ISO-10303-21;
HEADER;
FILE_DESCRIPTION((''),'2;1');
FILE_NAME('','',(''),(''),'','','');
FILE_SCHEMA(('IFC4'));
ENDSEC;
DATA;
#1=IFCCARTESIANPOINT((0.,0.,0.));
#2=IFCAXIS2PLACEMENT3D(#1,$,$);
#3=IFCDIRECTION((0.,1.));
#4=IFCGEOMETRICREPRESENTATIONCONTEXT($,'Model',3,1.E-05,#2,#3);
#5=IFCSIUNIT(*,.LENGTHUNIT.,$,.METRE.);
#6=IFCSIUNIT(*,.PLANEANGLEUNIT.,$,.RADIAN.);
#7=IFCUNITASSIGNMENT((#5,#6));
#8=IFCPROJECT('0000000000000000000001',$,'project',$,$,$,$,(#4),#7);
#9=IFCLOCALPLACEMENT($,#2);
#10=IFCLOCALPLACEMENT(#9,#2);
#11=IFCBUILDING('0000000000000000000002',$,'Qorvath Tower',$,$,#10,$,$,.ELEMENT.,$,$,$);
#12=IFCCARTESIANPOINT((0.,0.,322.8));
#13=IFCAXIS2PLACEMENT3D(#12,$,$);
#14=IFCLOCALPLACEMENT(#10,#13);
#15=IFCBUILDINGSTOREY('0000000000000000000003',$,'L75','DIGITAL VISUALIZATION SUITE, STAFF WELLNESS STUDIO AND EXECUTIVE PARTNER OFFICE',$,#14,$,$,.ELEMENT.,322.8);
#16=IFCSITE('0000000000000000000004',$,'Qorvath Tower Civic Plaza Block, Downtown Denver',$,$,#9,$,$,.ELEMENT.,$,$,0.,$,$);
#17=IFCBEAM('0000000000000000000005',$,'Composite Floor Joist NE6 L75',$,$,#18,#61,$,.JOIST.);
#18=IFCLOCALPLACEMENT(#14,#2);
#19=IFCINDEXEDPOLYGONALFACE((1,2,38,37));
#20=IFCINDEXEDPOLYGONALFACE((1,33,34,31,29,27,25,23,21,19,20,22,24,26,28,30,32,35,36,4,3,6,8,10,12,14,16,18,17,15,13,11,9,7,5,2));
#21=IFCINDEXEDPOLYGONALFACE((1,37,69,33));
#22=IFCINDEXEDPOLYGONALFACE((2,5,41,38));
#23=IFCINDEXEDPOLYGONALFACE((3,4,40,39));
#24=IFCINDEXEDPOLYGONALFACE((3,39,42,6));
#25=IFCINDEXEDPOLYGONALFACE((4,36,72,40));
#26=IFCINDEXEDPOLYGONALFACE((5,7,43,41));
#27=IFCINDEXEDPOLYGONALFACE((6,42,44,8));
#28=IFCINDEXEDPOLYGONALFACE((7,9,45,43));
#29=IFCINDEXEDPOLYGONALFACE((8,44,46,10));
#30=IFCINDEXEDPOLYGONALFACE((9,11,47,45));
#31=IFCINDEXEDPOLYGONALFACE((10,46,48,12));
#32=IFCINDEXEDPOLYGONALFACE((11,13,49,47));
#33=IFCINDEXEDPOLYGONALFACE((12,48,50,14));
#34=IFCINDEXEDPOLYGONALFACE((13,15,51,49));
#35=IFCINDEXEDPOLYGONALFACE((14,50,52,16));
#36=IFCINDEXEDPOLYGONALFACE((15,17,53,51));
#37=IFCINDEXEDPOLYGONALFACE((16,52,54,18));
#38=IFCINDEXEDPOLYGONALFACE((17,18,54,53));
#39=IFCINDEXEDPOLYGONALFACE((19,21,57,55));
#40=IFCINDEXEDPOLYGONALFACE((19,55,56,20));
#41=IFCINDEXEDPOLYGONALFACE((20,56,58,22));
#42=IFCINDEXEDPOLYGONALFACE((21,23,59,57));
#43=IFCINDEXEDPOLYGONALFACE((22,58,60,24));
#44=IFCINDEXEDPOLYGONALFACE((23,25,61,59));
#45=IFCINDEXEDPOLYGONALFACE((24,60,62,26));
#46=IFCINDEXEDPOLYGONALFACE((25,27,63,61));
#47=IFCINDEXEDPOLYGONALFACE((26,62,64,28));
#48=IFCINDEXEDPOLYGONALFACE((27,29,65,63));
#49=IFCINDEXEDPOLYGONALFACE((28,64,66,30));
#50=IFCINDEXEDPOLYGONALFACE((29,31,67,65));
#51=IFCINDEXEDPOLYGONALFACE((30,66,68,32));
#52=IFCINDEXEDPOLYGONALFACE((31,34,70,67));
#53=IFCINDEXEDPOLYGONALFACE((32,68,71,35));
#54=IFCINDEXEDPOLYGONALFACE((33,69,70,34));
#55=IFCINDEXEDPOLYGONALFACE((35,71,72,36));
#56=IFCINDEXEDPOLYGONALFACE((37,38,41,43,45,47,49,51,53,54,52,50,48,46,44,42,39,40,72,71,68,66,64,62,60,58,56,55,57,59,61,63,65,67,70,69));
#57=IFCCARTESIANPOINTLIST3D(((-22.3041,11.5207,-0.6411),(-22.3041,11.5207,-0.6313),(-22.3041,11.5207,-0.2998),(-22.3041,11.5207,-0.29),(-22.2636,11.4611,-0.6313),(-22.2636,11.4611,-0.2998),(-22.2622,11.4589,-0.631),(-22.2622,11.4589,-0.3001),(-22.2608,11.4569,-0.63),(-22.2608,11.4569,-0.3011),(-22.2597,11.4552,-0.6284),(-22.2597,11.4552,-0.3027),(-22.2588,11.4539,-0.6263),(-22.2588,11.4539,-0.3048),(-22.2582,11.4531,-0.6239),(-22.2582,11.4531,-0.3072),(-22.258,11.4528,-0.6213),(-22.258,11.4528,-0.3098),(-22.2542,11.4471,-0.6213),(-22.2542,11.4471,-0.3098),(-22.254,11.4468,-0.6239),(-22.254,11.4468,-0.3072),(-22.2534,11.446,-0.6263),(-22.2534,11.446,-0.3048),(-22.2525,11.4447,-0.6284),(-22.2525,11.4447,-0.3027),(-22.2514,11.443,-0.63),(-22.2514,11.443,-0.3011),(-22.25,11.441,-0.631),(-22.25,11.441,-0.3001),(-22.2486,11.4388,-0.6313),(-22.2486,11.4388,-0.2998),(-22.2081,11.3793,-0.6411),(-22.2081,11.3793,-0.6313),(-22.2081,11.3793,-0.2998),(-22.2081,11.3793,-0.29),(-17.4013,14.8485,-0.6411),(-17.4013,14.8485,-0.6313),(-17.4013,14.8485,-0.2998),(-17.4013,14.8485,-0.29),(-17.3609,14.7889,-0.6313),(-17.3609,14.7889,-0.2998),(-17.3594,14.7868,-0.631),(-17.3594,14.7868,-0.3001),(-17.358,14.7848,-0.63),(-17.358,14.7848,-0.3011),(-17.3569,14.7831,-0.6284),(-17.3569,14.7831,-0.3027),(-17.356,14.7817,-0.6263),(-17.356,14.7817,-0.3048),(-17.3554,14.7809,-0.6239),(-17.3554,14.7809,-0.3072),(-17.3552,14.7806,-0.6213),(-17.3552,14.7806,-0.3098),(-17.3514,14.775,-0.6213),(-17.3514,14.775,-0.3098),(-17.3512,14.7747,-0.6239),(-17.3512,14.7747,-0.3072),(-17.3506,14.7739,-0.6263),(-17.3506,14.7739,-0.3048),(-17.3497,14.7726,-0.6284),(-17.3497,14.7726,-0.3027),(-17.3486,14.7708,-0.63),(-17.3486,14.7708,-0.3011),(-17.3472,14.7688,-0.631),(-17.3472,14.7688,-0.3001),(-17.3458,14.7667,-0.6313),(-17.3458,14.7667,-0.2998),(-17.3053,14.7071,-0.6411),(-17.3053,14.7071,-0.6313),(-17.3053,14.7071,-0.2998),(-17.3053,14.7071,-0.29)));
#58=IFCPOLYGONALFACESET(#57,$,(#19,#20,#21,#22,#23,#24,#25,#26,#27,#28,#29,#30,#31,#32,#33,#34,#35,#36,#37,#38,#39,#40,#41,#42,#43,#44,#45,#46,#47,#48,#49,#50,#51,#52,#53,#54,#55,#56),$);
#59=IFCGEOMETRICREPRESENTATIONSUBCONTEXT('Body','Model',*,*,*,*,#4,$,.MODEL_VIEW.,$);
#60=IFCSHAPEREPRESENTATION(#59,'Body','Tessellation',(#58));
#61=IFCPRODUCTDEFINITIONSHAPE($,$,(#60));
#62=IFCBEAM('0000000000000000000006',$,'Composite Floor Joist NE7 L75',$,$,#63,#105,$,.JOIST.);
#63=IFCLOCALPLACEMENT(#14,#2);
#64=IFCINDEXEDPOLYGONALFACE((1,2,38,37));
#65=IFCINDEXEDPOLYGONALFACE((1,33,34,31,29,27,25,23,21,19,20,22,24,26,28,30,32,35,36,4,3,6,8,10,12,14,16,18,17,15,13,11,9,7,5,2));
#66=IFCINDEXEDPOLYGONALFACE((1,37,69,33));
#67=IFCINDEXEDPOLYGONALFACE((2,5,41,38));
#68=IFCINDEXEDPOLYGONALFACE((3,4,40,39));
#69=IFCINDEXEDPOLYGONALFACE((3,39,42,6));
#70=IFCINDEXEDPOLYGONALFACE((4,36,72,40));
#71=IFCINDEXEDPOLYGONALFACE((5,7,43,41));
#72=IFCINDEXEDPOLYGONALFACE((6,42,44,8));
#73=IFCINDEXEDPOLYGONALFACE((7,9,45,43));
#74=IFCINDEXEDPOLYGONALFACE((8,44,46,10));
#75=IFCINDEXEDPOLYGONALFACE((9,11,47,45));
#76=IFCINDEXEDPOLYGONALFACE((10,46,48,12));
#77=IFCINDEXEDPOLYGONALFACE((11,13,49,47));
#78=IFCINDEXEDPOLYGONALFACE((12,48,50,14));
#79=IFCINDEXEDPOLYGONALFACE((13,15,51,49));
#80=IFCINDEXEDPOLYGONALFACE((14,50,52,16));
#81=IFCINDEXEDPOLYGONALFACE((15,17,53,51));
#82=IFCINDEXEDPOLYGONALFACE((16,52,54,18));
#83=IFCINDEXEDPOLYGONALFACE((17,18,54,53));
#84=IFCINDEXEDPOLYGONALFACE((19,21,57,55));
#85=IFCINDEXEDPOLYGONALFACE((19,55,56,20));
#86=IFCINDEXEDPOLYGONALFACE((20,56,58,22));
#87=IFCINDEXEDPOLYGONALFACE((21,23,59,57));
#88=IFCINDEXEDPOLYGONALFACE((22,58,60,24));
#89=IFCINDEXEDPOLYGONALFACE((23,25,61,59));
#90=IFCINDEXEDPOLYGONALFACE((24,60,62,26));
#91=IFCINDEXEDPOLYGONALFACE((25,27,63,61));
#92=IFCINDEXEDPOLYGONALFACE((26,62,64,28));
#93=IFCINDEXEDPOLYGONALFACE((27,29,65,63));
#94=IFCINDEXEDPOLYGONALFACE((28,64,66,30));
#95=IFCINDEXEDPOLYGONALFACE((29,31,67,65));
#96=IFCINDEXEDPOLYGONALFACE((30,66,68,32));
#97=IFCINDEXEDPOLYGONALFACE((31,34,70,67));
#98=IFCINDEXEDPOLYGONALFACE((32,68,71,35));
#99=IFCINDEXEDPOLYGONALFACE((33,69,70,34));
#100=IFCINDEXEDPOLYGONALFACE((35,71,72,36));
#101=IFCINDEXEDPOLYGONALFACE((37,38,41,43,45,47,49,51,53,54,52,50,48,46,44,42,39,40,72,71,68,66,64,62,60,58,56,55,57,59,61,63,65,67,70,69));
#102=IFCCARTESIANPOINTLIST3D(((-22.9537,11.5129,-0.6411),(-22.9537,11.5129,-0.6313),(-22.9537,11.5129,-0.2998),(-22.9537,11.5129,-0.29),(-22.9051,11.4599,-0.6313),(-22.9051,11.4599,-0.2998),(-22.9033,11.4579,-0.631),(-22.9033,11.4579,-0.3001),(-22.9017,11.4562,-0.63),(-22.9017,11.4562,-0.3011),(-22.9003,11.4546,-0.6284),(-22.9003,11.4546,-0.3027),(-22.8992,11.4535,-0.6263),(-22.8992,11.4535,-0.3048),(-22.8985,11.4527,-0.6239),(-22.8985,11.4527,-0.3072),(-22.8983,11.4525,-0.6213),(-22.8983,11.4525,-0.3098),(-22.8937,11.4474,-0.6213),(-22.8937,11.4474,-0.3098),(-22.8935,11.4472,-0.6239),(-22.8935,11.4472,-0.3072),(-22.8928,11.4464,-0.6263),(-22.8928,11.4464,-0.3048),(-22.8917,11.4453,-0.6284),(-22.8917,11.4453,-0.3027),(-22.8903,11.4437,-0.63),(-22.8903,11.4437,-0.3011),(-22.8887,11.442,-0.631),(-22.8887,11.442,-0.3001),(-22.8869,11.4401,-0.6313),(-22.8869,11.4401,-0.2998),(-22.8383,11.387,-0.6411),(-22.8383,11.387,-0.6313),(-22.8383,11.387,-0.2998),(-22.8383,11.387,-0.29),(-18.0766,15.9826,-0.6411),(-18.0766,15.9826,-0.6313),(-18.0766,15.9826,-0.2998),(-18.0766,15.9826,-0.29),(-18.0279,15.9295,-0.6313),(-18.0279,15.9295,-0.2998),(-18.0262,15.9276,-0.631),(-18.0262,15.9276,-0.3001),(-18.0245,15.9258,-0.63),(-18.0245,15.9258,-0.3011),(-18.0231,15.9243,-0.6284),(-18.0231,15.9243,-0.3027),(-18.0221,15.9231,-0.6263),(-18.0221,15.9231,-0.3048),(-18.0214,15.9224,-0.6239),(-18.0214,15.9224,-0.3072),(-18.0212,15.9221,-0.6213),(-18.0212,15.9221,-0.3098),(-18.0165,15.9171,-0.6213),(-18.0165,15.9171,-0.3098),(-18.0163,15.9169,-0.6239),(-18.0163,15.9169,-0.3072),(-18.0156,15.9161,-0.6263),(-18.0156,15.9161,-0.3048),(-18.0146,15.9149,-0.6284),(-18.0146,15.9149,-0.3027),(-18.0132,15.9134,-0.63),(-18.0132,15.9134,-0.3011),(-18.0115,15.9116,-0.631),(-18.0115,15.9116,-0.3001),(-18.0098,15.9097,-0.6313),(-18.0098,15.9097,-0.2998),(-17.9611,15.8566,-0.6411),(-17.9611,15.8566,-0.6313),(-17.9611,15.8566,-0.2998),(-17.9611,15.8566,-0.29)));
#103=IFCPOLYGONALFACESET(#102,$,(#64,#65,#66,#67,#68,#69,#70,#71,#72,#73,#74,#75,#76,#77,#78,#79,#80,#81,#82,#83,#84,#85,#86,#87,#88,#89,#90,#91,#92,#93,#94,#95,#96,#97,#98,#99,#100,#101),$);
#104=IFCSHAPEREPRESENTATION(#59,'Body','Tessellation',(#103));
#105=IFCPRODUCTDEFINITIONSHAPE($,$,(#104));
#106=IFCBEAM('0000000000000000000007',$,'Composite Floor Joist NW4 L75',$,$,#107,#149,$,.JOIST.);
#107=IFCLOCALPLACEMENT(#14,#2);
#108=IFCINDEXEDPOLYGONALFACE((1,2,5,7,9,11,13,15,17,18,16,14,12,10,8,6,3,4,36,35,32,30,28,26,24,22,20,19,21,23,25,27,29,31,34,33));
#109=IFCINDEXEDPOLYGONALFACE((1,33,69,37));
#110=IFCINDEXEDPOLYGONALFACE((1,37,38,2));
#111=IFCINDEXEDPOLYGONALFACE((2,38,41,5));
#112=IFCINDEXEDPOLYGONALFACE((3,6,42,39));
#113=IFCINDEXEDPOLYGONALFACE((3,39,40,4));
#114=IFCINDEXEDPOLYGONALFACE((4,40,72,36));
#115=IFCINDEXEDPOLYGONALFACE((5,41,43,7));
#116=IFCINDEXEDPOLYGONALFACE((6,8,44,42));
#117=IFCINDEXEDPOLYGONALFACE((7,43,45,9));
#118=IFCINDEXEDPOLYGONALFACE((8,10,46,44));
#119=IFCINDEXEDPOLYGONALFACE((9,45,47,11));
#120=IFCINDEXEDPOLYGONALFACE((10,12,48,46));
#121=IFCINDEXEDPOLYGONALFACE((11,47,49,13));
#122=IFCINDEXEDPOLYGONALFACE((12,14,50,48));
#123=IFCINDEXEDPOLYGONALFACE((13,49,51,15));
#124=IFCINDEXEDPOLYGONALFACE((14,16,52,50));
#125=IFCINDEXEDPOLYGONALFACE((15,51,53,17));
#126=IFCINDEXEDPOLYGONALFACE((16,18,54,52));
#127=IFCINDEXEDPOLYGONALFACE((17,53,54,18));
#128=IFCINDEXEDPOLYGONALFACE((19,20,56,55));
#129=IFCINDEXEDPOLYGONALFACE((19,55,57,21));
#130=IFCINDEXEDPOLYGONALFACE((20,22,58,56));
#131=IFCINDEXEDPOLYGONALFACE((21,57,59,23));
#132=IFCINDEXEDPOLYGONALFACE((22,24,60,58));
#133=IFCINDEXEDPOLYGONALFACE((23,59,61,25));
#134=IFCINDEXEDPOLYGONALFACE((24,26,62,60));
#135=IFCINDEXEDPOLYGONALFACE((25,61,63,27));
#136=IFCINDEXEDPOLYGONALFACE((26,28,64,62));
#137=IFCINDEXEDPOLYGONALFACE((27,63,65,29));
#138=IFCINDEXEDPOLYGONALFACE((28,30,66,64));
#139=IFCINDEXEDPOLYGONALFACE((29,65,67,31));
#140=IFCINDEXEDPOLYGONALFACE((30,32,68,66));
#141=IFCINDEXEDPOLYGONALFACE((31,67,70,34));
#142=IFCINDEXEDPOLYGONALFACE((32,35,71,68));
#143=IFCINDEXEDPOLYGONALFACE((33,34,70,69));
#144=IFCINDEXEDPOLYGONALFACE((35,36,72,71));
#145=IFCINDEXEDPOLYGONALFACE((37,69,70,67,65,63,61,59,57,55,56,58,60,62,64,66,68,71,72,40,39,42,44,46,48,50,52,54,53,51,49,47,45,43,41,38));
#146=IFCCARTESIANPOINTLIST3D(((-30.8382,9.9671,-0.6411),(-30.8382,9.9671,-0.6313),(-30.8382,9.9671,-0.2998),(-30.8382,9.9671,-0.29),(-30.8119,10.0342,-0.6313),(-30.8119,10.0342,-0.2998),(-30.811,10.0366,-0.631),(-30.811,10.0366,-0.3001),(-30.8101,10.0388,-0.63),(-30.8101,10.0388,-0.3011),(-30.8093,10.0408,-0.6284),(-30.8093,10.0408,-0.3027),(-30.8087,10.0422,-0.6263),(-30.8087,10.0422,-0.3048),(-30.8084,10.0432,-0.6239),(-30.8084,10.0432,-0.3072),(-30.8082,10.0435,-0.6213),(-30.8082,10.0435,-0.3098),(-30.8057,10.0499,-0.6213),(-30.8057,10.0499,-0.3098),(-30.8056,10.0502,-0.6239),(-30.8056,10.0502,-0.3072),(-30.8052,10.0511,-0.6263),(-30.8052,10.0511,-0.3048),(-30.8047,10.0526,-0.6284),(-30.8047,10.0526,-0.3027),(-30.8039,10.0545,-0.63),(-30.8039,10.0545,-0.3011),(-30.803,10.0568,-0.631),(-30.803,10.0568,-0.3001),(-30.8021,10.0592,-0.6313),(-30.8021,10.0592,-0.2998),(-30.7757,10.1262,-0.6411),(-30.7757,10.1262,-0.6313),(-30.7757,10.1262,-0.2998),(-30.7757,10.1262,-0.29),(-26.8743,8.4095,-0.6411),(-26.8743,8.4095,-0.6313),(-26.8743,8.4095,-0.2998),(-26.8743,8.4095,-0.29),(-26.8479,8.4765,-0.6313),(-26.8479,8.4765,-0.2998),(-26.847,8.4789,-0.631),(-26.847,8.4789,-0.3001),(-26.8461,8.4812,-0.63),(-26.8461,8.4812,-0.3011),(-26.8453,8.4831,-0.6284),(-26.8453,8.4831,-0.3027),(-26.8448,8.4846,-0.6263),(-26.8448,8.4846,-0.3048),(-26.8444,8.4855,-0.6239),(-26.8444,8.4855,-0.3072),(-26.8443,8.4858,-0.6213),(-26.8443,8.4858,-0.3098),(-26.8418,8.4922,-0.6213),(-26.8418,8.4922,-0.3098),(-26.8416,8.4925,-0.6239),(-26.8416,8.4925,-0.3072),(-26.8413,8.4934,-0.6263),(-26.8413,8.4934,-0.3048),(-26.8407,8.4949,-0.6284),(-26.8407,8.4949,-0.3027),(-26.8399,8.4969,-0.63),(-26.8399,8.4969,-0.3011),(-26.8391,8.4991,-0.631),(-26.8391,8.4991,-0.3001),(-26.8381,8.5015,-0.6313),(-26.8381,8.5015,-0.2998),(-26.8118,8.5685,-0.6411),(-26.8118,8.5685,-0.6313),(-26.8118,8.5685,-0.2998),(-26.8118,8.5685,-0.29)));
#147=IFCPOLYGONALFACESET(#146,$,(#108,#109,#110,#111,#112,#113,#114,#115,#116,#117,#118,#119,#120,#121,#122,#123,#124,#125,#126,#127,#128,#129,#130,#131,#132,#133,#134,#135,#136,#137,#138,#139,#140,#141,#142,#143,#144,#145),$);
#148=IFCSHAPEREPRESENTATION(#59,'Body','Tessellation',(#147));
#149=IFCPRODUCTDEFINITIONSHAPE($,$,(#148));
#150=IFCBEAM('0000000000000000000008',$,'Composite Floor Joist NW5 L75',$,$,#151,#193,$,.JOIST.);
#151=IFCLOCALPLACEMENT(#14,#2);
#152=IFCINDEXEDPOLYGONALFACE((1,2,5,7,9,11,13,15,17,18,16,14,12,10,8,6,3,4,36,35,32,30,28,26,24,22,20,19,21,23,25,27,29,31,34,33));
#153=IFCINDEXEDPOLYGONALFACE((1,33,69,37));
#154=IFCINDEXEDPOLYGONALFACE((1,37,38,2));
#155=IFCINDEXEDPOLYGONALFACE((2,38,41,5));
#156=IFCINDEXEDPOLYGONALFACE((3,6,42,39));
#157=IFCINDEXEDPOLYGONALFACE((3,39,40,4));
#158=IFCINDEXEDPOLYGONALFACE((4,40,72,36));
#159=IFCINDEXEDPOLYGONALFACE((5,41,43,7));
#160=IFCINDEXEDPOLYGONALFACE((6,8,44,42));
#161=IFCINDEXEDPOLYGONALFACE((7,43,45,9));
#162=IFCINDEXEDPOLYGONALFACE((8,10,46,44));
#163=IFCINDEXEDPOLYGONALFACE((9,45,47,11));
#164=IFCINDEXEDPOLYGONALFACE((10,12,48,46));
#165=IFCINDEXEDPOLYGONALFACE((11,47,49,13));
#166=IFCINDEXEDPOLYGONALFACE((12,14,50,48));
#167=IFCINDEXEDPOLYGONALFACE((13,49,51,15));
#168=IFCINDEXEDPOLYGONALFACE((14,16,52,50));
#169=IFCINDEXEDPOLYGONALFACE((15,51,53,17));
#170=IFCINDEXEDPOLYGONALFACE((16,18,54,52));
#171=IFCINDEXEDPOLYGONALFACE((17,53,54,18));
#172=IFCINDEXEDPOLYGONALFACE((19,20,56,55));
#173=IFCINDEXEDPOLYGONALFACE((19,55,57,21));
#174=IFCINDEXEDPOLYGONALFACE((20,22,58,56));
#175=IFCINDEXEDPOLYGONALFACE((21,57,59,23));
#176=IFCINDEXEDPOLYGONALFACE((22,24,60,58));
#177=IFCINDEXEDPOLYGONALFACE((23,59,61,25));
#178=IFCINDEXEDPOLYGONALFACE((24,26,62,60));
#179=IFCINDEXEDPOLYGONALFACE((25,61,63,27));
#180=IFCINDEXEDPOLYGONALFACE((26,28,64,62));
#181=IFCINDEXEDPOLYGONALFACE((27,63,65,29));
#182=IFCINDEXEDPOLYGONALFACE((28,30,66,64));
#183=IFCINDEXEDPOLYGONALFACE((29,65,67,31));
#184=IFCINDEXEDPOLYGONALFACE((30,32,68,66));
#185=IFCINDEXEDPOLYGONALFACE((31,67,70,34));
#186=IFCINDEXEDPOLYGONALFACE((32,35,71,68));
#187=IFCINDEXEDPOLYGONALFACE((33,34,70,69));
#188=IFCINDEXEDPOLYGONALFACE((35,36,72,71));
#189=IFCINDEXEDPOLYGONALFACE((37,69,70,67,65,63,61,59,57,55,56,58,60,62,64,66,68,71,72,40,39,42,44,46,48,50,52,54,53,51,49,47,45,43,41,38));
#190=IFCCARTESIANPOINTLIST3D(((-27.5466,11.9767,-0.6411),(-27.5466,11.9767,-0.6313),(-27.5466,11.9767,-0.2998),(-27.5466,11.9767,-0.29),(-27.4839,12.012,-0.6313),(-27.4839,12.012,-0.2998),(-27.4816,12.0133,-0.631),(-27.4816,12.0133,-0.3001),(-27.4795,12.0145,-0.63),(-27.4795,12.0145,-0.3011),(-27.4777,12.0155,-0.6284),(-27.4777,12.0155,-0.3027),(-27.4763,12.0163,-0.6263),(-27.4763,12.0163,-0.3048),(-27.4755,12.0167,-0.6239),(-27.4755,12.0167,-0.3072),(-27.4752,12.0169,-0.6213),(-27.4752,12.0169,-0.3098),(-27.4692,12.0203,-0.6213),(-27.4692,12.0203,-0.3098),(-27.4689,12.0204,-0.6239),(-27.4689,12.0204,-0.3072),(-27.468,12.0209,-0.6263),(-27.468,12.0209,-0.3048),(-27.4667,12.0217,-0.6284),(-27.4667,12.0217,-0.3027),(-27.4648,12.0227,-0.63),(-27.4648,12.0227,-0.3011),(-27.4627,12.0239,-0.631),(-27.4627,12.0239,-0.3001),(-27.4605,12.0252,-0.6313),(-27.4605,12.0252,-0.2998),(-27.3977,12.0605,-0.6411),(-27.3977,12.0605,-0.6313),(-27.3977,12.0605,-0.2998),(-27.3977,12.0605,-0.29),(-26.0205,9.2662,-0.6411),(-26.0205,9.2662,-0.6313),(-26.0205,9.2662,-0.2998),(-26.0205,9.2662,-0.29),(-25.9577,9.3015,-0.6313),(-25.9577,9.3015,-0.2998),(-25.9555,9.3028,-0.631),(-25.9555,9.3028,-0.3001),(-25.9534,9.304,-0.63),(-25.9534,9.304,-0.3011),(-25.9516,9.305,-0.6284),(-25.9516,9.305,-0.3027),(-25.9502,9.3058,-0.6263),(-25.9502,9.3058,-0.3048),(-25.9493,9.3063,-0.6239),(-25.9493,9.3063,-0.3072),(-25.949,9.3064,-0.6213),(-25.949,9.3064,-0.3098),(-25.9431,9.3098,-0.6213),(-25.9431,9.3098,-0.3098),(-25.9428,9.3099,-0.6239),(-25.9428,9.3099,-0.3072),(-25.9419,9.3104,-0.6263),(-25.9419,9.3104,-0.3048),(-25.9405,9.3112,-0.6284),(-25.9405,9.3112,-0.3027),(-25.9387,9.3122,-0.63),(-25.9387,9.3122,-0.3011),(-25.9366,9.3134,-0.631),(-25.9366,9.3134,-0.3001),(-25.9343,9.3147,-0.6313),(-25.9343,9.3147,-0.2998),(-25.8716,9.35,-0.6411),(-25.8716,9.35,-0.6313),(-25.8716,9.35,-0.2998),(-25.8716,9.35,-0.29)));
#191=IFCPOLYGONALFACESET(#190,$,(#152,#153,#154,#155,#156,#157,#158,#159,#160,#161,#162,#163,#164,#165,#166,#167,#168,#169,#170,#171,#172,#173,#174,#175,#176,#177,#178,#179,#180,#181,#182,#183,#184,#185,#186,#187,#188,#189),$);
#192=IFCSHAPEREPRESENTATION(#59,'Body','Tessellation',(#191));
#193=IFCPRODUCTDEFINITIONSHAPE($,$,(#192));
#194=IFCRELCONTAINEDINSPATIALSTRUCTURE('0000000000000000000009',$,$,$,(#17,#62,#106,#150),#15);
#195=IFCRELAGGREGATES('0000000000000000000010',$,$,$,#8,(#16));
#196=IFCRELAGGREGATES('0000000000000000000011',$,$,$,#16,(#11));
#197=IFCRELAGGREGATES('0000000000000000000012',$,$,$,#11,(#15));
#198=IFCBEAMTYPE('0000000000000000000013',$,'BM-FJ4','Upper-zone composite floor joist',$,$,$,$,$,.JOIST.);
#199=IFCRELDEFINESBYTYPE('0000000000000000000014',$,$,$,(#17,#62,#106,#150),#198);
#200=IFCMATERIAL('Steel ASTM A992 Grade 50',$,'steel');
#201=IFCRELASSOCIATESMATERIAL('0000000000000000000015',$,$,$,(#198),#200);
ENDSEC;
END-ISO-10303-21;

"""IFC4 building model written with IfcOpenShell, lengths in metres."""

from ifc_helpers import new_model, si_unit, direction, frame, origin, origin_2d, place, context, subcontext, project, spatial, i_section, extrude, material, material_profile, profile_set, type_object, element, save


model = new_model("IFC4")

# Units and contexts
model_context = context("Model", 3, precision=1e-05, world=origin(), true_north=direction((0.0, 1.0)))
body_context = subcontext(model_context, "Body", "Model", "MODEL_VIEW")
ifc_project = project(units=[si_unit("LENGTHUNIT", "METRE"), si_unit("PLANEANGLEUNIT", "RADIAN")], contexts=[model_context])

# Site, building, storey
site_placement = place(None, origin())
site = spatial("IfcSite", under=ifc_project, at=site_placement, Name="Qorvath Tower Civic Plaza Block, Downtown Denver", CompositionType="ELEMENT", RefElevation=0.0)
building_placement = place(site_placement, origin())
building = spatial("IfcBuilding", under=site, at=building_placement, Name="Qorvath Tower", CompositionType="ELEMENT")
storey_placement = place(building_placement, frame((0.0, 0.0, 322.8)))
storey = spatial("IfcBuildingStorey", under=building, at=storey_placement, Name="L75", Description="DIGITAL VISUALIZATION SUITE, STAFF WELLNESS STUDIO AND EXECUTIVE PARTNER OFFICE", CompositionType="ELEMENT", Elevation=322.8)

# Beams
ifc_material_1 = material(Name="Steel ASTM A992 Grade 50", Category="steel")
ifc_material_profile_1 = material_profile(ifc_material_1, i_section(OverallWidth=0.1709, OverallDepth=0.3511, WebThickness=0.0068, FlangeThickness=0.0098, FilletRadius=0.01, at=origin_2d()), Name="W14x30")
ifc_profile_set_1 = profile_set([ifc_material_profile_1], Name="Steel ASTM A992 Grade 50")
beam_type_1 = type_object("IfcBeamType", Name="BM-FJ4", Description="Upper-zone composite floor joist", PredefinedType="JOIST", material=ifc_profile_set_1)
beam_1_placement = place(storey_placement, frame((-22.2561, 11.45, -0.4656), z_axis=(0.827401, 0.561612, 0.0), x_axis=(-0.561612, 0.827401, 0.0)))
element("IfcBeam", 1, at=beam_1_placement, inside=storey, type_object=beam_type_1, Name="Composite Floor Joist NE6 L75", PredefinedType="JOIST", context=body_context, shape_type="SweptSolid", body=[
    extrude(i_section(OverallWidth=0.1709, OverallDepth=0.3511, WebThickness=0.0068, FlangeThickness=0.0098, FilletRadius=0.01, at=origin_2d()), origin(), (0.0, 0.0, 1.0), 5.9255),
])
beam_2_placement = place(storey_placement, frame((-22.896, 11.45, -0.4656), z_axis=(0.737232, 0.675639, 0.0), x_axis=(-0.675639, 0.737232, 0.0)))
element("IfcBeam", 2, at=beam_2_placement, inside=storey, type_object=beam_type_1, Name="Composite Floor Joist NE7 L75", PredefinedType="JOIST", context=body_context, shape_type="SweptSolid", body=[
    extrude(i_section(OverallWidth=0.1709, OverallDepth=0.3511, WebThickness=0.0068, FlangeThickness=0.0098, FilletRadius=0.01, at=origin_2d()), origin(), (0.0, 0.0, 1.0), 6.6155),
])
beam_3_placement = place(storey_placement, frame((-26.843, 8.489, -0.4656), z_axis=(-0.930721, 0.36573, 0.0), x_axis=(-0.36573, -0.930721, 0.0)))
element("IfcBeam", 3, at=beam_3_placement, inside=storey, type_object=beam_type_1, Name="Composite Floor Joist NW4 L75", PredefinedType="JOIST", context=body_context, shape_type="SweptSolid", body=[
    extrude(i_section(OverallWidth=0.1709, OverallDepth=0.3511, WebThickness=0.0068, FlangeThickness=0.0098, FilletRadius=0.01, at=origin_2d()), origin(), (0.0, 0.0, 1.0), 4.259),
])
beam_4_placement = place(storey_placement, frame((-25.946, 9.3081, -0.4656), z_axis=(-0.490626, 0.87137, 0.0), x_axis=(-0.87137, -0.490626, 0.0)))
element("IfcBeam", 4, at=beam_4_placement, inside=storey, type_object=beam_type_1, Name="Composite Floor Joist NW5 L75", PredefinedType="JOIST", context=body_context, shape_type="SweptSolid", body=[
    extrude(i_section(OverallWidth=0.1709, OverallDepth=0.3511, WebThickness=0.0068, FlangeThickness=0.0098, FilletRadius=0.01, at=origin_2d()), origin(), (0.0, 0.0, 1.0), 3.1106),
])

save(model, "model.ifc")
